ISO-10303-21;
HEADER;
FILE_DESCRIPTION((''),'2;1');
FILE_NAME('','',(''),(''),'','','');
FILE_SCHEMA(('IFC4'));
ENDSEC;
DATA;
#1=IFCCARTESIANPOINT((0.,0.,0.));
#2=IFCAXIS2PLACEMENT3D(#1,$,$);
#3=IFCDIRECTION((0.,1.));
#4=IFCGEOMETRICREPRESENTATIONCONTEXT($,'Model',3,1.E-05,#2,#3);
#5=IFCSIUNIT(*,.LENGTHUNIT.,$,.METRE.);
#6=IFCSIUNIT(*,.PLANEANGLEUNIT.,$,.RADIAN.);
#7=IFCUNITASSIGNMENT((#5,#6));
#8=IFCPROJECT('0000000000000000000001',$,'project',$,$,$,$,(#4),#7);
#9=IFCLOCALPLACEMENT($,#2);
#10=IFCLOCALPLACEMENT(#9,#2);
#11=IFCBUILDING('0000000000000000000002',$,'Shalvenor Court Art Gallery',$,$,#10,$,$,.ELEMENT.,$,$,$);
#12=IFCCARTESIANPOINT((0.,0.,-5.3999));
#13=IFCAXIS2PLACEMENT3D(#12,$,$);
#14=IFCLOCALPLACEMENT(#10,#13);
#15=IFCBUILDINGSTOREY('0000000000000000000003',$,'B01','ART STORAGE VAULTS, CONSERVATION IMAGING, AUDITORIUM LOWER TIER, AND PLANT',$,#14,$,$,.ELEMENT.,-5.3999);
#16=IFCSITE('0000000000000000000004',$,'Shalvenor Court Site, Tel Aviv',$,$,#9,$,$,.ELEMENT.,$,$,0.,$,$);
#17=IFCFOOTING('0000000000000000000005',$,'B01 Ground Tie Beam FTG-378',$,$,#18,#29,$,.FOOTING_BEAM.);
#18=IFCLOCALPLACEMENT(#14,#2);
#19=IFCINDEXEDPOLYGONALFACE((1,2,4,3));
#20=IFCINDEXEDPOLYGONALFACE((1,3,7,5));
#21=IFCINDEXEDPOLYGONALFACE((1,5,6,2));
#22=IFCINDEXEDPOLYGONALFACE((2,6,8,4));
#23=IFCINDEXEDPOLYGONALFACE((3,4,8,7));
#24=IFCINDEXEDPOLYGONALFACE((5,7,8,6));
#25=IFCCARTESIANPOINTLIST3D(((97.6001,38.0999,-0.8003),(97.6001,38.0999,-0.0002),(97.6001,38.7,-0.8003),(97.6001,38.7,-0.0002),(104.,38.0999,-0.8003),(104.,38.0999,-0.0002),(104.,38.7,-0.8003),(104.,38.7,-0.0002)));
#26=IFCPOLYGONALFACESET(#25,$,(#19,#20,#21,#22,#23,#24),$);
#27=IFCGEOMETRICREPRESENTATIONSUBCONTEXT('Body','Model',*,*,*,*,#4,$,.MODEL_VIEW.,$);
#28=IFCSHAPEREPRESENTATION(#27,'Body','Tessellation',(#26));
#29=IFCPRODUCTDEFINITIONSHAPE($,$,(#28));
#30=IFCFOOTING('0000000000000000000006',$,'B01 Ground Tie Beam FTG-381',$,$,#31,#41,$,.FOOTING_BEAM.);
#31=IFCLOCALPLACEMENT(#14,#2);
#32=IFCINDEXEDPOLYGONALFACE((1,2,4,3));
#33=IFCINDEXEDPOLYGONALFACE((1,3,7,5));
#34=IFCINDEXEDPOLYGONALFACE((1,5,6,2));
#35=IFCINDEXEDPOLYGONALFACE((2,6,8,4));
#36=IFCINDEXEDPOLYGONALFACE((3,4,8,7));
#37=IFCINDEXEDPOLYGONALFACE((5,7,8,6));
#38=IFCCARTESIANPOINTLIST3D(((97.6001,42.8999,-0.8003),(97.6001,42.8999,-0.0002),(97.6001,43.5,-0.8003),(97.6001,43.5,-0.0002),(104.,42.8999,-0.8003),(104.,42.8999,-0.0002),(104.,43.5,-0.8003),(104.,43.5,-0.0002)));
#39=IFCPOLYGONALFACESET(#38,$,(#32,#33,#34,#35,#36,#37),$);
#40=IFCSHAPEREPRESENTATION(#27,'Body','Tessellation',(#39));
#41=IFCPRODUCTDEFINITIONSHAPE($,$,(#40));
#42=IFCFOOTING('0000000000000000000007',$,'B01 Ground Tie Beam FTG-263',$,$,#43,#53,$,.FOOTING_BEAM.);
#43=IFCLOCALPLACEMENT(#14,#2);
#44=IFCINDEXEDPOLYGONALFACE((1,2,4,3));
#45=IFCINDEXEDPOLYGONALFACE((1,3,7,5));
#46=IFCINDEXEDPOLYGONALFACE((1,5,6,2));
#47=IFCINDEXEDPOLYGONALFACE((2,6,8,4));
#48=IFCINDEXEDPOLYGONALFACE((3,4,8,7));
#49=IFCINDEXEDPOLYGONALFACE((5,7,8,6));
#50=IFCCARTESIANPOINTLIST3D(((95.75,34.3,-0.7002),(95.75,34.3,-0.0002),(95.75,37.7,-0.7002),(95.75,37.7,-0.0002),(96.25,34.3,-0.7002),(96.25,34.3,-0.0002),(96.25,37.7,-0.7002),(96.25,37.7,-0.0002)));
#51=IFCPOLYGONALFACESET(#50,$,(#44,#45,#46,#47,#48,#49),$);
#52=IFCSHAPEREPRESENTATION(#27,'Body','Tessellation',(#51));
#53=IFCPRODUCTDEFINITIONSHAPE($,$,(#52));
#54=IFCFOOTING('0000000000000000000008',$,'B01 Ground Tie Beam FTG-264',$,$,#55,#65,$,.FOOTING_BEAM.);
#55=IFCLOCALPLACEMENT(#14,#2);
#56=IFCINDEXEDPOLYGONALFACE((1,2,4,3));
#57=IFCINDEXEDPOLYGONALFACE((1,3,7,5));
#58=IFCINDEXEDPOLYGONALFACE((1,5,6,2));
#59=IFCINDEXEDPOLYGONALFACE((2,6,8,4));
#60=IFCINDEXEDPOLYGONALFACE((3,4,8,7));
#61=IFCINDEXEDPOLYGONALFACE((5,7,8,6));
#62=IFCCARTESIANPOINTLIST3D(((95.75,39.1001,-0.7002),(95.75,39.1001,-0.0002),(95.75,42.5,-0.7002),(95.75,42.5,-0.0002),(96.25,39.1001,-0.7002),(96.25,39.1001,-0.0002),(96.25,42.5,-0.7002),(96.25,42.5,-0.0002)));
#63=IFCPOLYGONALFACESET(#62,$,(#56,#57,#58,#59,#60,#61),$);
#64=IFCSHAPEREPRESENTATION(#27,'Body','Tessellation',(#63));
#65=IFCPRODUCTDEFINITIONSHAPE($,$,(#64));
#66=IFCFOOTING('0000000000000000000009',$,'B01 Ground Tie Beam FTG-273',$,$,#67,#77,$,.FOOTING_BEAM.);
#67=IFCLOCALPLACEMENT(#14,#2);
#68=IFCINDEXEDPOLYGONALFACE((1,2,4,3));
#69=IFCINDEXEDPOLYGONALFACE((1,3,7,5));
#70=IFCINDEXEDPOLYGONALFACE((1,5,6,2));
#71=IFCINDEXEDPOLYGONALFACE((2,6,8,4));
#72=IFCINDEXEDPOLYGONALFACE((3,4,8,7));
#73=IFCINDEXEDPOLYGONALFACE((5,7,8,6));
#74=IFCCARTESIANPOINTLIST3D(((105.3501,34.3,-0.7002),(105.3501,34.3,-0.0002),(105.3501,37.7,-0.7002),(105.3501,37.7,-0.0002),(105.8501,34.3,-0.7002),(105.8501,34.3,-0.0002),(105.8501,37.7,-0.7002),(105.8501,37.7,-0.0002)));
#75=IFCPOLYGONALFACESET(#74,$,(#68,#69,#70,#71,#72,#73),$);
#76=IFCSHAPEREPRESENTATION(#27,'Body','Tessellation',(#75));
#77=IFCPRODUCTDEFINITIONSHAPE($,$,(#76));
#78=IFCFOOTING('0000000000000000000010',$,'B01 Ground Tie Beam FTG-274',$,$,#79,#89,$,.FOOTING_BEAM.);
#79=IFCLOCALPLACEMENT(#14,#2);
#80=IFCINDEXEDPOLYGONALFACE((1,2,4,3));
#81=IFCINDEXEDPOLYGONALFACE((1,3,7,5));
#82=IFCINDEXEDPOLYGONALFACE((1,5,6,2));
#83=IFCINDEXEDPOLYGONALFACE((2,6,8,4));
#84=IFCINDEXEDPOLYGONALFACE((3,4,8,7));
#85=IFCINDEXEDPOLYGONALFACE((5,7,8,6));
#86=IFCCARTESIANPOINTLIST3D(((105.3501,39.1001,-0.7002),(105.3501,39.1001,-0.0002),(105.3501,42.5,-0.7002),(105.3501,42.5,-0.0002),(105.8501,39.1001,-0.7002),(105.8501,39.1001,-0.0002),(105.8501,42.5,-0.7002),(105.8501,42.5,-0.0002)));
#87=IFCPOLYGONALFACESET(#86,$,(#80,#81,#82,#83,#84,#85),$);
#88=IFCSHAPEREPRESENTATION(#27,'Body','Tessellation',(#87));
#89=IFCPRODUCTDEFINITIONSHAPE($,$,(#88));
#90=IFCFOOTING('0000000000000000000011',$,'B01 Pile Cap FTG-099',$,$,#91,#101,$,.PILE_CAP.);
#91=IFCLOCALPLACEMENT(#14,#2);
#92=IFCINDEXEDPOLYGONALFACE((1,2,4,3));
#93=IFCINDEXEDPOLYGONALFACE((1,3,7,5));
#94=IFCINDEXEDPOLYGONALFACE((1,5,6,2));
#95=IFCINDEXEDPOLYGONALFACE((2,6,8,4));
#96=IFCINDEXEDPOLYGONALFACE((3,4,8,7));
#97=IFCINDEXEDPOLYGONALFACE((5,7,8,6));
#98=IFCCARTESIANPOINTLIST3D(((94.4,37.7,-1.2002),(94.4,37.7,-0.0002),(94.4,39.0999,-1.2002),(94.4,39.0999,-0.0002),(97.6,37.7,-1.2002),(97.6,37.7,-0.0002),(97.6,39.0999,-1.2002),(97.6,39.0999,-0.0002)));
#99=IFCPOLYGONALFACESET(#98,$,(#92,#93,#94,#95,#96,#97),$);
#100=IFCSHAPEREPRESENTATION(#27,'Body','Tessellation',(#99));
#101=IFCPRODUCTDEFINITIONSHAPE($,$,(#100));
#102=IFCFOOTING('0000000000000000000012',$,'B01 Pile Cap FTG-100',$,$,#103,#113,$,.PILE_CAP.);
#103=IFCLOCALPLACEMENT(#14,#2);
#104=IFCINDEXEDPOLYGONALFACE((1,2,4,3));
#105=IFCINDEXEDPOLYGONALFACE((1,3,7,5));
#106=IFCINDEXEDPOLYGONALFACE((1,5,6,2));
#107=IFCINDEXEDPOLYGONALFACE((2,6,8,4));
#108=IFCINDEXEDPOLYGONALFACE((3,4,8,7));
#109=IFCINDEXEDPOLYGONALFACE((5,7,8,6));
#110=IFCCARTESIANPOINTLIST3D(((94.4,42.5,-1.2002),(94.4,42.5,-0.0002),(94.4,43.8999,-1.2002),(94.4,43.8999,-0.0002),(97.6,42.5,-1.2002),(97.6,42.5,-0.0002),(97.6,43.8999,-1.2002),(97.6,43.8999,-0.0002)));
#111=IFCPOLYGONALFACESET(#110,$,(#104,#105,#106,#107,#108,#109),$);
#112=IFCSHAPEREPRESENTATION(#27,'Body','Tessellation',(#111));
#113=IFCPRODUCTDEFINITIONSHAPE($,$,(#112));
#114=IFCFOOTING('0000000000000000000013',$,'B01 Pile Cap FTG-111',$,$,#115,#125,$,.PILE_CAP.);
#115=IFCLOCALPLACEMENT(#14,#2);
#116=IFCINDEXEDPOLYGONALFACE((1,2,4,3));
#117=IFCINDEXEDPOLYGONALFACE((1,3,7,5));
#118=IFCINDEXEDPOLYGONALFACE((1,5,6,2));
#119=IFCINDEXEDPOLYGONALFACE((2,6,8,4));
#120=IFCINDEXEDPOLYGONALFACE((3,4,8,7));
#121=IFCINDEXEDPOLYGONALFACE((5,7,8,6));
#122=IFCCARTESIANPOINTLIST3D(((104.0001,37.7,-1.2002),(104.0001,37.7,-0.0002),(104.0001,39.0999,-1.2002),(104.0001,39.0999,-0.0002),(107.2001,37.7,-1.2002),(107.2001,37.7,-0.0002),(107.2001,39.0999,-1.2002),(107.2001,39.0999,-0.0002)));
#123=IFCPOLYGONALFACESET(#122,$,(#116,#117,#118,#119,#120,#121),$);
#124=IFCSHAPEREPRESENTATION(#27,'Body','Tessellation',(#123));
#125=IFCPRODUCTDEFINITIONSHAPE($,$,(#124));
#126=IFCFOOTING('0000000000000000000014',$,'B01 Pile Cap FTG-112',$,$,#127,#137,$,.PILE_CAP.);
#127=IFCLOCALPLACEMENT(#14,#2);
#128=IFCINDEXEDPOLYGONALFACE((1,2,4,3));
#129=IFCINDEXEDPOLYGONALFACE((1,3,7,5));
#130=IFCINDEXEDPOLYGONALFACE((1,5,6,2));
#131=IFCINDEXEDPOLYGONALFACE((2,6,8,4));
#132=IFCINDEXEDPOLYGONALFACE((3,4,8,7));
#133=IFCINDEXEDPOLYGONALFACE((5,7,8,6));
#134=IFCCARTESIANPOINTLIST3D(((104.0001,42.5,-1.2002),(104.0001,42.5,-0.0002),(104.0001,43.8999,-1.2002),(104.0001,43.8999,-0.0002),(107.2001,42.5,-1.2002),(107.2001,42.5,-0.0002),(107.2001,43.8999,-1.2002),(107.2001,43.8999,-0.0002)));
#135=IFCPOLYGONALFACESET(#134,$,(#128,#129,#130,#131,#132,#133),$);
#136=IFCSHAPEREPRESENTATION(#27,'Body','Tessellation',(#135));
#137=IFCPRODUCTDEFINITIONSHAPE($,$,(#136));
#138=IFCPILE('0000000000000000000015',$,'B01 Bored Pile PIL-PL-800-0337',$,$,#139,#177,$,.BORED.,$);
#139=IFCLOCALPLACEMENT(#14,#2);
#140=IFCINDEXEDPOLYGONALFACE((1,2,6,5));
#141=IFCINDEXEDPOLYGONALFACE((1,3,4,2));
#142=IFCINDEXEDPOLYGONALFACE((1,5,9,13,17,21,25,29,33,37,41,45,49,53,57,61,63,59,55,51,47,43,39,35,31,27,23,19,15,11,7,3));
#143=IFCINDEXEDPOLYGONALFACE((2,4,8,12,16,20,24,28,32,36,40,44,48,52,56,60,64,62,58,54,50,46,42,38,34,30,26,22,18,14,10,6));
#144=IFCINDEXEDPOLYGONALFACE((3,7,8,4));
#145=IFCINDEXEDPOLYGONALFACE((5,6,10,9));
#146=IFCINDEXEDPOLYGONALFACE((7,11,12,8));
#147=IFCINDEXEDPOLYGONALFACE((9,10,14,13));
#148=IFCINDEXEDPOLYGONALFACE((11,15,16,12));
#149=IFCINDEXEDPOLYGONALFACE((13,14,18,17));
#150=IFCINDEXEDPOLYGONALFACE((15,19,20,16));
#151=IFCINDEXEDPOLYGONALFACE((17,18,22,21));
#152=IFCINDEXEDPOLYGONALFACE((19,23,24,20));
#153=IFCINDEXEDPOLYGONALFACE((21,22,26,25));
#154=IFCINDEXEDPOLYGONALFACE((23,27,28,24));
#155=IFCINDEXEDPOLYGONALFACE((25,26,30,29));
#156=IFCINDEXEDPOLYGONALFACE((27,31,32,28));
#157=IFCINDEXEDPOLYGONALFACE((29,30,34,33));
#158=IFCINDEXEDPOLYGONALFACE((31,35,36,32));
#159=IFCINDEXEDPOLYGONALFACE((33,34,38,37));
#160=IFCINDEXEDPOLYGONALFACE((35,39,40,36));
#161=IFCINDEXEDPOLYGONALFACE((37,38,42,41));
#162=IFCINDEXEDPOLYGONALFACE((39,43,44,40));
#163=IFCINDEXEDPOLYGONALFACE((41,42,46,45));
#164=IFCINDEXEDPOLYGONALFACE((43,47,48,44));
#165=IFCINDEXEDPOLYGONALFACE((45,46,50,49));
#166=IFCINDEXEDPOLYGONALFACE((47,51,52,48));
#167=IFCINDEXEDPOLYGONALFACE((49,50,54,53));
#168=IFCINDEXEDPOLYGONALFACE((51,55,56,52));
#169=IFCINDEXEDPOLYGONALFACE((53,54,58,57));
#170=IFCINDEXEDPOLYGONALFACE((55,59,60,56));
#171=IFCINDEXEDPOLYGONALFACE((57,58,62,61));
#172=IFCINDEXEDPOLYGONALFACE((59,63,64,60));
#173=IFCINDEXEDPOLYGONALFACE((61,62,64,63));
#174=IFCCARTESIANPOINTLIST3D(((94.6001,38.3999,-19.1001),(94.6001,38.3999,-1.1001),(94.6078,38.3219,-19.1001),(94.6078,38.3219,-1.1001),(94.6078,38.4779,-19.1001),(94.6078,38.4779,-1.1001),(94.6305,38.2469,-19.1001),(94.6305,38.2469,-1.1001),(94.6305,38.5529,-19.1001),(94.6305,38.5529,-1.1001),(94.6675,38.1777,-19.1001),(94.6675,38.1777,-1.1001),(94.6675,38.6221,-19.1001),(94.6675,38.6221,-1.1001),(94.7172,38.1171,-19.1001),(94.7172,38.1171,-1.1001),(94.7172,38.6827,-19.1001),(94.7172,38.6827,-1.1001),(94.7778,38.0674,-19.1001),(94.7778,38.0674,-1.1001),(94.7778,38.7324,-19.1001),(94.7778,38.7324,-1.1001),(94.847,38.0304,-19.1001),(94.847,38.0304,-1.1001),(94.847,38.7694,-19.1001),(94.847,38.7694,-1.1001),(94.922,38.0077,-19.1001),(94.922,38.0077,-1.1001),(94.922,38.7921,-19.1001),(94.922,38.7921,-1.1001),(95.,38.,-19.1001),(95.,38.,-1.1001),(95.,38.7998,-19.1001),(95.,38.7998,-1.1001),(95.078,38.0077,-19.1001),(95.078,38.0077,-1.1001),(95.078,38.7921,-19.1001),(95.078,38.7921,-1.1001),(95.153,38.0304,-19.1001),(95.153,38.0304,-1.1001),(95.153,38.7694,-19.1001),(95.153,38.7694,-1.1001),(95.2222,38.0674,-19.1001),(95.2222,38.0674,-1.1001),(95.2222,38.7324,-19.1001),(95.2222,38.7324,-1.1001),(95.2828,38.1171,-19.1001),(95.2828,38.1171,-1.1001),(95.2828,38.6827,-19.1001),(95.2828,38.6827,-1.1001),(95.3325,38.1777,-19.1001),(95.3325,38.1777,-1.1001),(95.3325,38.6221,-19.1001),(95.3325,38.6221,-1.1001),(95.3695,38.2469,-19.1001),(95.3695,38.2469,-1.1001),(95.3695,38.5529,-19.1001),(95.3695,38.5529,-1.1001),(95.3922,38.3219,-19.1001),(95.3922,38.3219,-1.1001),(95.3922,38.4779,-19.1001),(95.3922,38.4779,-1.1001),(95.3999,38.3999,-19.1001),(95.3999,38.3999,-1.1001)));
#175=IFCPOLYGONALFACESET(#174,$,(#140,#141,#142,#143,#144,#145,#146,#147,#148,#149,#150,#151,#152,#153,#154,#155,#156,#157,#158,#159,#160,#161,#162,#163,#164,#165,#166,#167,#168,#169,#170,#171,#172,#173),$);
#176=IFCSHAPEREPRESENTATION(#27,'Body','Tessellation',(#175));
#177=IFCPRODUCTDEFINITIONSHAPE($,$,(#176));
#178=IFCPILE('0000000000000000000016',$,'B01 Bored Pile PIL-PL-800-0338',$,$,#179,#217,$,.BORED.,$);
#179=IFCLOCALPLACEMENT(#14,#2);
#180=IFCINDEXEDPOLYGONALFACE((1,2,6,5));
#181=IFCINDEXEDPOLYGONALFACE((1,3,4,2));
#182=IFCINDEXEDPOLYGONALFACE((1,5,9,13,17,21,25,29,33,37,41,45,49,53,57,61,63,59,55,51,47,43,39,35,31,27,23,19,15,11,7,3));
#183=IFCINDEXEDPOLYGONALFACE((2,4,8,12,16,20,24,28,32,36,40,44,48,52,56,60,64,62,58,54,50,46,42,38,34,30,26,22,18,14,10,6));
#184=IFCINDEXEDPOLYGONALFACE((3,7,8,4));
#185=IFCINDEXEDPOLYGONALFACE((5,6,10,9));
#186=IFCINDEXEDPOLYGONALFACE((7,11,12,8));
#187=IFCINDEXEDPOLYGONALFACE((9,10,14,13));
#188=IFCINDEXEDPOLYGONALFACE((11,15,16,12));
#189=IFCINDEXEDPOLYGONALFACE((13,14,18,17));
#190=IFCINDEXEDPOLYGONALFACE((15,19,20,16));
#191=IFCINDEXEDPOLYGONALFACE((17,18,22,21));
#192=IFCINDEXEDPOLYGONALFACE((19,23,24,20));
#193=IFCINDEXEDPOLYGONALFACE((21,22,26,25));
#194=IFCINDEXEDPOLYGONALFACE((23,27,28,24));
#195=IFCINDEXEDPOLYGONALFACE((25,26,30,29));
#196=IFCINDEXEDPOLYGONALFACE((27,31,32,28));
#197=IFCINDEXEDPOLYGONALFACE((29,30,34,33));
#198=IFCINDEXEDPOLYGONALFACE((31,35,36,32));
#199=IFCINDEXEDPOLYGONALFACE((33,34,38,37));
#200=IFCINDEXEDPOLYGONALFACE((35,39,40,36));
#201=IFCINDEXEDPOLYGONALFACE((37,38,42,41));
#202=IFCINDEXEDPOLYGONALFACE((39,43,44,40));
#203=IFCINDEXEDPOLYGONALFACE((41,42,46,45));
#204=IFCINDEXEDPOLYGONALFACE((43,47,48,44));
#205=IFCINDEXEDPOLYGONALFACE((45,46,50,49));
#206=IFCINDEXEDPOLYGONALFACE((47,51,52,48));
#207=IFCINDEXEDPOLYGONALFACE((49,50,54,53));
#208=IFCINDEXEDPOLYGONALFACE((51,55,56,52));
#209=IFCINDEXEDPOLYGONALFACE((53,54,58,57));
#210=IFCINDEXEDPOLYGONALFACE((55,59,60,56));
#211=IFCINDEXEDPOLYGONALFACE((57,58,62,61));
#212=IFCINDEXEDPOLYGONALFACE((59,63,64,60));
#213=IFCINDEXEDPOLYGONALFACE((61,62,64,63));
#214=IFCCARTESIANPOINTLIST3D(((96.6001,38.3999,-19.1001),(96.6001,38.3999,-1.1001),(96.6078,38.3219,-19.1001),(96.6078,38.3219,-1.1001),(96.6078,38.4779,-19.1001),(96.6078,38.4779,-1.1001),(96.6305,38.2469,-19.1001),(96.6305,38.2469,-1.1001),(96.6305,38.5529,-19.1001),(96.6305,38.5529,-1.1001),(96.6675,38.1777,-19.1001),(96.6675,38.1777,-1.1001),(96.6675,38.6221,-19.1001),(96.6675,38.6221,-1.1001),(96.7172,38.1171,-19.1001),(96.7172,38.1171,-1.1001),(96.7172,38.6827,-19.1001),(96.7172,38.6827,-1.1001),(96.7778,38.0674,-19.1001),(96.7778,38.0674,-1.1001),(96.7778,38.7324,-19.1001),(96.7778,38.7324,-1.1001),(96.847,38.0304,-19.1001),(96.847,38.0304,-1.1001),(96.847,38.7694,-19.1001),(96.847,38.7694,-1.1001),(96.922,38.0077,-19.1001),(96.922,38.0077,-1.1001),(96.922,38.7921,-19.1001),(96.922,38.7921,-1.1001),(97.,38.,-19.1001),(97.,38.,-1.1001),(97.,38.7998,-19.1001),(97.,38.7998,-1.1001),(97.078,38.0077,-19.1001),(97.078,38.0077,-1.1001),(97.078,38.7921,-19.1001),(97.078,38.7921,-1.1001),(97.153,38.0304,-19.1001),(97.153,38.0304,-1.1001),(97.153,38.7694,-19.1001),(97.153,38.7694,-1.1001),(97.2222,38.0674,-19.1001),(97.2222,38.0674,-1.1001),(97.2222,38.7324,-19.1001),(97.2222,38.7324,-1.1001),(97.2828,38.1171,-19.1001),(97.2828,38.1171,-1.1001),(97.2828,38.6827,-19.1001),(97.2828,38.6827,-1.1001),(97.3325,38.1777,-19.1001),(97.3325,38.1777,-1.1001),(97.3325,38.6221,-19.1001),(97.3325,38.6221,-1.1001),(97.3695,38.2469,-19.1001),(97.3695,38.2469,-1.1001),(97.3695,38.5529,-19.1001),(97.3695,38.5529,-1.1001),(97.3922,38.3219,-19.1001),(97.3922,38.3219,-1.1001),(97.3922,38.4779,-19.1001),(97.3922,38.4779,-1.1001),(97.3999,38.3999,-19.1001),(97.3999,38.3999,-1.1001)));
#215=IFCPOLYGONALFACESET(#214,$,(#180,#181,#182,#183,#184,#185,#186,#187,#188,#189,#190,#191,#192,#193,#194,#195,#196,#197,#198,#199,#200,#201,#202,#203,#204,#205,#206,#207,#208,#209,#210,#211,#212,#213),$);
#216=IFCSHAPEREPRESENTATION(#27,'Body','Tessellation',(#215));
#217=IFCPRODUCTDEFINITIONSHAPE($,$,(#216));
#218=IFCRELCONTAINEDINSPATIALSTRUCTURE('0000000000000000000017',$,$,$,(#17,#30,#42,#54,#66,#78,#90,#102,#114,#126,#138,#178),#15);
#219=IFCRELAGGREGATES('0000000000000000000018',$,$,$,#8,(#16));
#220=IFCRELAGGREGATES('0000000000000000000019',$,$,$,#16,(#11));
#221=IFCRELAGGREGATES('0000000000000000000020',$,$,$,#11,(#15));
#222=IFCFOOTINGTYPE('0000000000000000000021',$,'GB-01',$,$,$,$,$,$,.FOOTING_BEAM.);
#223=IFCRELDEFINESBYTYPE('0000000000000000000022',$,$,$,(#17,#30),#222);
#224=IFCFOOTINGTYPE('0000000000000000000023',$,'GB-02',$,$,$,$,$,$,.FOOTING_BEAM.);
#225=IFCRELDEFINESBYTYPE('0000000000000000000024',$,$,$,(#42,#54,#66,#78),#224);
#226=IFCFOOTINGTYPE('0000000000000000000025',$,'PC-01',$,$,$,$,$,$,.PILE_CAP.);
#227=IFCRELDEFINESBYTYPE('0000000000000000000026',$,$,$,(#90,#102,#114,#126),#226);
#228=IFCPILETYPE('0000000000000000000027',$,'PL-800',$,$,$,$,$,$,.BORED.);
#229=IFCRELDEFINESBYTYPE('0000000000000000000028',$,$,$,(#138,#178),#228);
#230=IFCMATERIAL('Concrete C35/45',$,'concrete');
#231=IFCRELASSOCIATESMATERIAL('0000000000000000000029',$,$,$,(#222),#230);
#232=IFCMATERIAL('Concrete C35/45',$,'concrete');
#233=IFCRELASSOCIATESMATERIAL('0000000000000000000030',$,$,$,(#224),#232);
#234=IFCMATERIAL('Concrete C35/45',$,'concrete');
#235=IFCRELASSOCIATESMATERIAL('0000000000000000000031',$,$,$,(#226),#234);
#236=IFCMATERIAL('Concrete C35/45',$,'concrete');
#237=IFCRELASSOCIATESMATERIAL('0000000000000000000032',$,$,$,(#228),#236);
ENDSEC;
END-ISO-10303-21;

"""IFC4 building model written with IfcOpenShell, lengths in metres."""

from ifc_helpers import new_model, si_unit, direction, frame, origin, origin_2d, place, context, subcontext, project, spatial, rectangle, circle, extrude, material, material_profile, profile_set, type_object, element, save


model = new_model("IFC4")

# Units and contexts
model_context = context("Model", 3, precision=1e-05, world=origin(), true_north=direction((0.0, 1.0)))
body_context = subcontext(model_context, "Body", "Model", "MODEL_VIEW")
ifc_project = project(units=[si_unit("LENGTHUNIT", "METRE"), si_unit("PLANEANGLEUNIT", "RADIAN")], contexts=[model_context])

# Site, building, storey
site_placement = place(None, origin())
site = spatial("IfcSite", under=ifc_project, at=site_placement, Name="Shalvenor Court Site, Tel Aviv", CompositionType="ELEMENT", RefElevation=0.0)
building_placement = place(site_placement, origin())
building = spatial("IfcBuilding", under=site, at=building_placement, Name="Shalvenor Court Art Gallery", CompositionType="ELEMENT")
storey_placement = place(building_placement, frame((0.0, 0.0, -5.3999)))
storey = spatial("IfcBuildingStorey", under=building, at=storey_placement, Name="B01", Description="ART STORAGE VAULTS, CONSERVATION IMAGING, AUDITORIUM LOWER TIER, AND PLANT", CompositionType="ELEMENT", Elevation=-5.3999)

# Footings
ifc_material_1 = material(Name="Concrete C35/45", Category="concrete")
footing_type_1 = type_object("IfcFootingType", Name="GB-01", PredefinedType="FOOTING_BEAM", material=ifc_material_1)
for number, where, z_axis, x_axis, name in (
    (1, (100.8, 38.3999, -0.8003), (0.0, 0.0, 1.0), (1.0, 0.0, 0.0), "B01 Ground Tie Beam FTG-378"),
    (2, (100.8, 43.2, -0.8003), (0.0, 0.0, 1.0), (1.0, 0.0, 0.0), "B01 Ground Tie Beam FTG-381"),
):
    element("IfcFooting", number, at=place(storey_placement, frame(where, z_axis=z_axis, x_axis=x_axis)), inside=storey, type_object=footing_type_1, Name=name, PredefinedType="FOOTING_BEAM", context=body_context, shape_type="SweptSolid", body=[
        extrude(rectangle(XDim=6.3999, YDim=0.6001, at=origin_2d()), origin(), (0.0, 0.0, 1.0), 0.8),
    ])
ifc_material_2 = material(Name="Concrete C35/45", Category="concrete")
footing_type_2 = type_object("IfcFootingType", Name="GB-02", PredefinedType="FOOTING_BEAM", material=ifc_material_2)
for number, where, z_axis, x_axis, name in (
    (3, (96.0, 36.0, -0.7002), (0.0, 0.0, 1.0), (0.0, 1.0, 0.0), "B01 Ground Tie Beam FTG-263"),
    (4, (96.0, 40.8, -0.7002), (0.0, 0.0, 1.0), (0.0, 1.0, 0.0), "B01 Ground Tie Beam FTG-264"),
    (5, (105.6001, 36.0, -0.7002), (0.0, 0.0, 1.0), (0.0, 1.0, 0.0), "B01 Ground Tie Beam FTG-273"),
    (6, (105.6001, 40.8, -0.7002), (0.0, 0.0, 1.0), (0.0, 1.0, 0.0), "B01 Ground Tie Beam FTG-274"),
):
    element("IfcFooting", number, at=place(storey_placement, frame(where, z_axis=z_axis, x_axis=x_axis)), inside=storey, type_object=footing_type_2, Name=name, PredefinedType="FOOTING_BEAM", context=body_context, shape_type="SweptSolid", body=[
        extrude(rectangle(XDim=3.3999, YDim=0.5, at=origin_2d()), origin(), (0.0, 0.0, 1.0), 0.7),
    ])
ifc_material_3 = material(Name="Concrete C35/45", Category="concrete")
footing_type_3 = type_object("IfcFootingType", Name="PC-01", PredefinedType="PILE_CAP", material=ifc_material_3)
for number, where, z_axis, x_axis, name in (
    (7, (96.0, 38.3999, -1.2002), (0.0, 0.0, 1.0), (1.0, 0.0, 0.0), "B01 Pile Cap FTG-099"),
    (8, (96.0, 43.2, -1.2002), (0.0, 0.0, 1.0), (1.0, 0.0, 0.0), "B01 Pile Cap FTG-100"),
    (9, (105.6001, 38.3999, -1.2002), (0.0, 0.0, 1.0), (1.0, 0.0, 0.0), "B01 Pile Cap FTG-111"),
    (10, (105.6001, 43.2, -1.2002), (0.0, 0.0, 1.0), (1.0, 0.0, 0.0), "B01 Pile Cap FTG-112"),
):
    element("IfcFooting", number, at=place(storey_placement, frame(where, z_axis=z_axis, x_axis=x_axis)), inside=storey, type_object=footing_type_3, Name=name, PredefinedType="PILE_CAP", context=body_context, shape_type="SweptSolid", body=[
        extrude(rectangle(XDim=3.2, YDim=1.3999, at=origin_2d()), origin(), (0.0, 0.0, 1.0), 1.2),
    ])

# Piles
ifc_material_4 = material(Name="Concrete C35/45", Category="concrete")
ifc_material_profile_1 = material_profile(ifc_material_4, circle(Radius=0.3999, at=origin_2d()), Name="PILE 800")
ifc_profile_set_1 = profile_set([ifc_material_profile_1], Name="Concrete C35/45")
pile_type = type_object("IfcPileType", Name="PL-800", PredefinedType="BORED", material=ifc_profile_set_1)
for number, where, z_axis, x_axis, name in (
    (11, (95.0, 38.3999, -1.1001), (0.0, 0.0, -1.0), (1.0, 0.0, 0.0), "B01 Bored Pile PIL-PL-800-0337"),
    (12, (97.0, 38.3999, -1.1001), (0.0, 0.0, -1.0), (1.0, 0.0, 0.0), "B01 Bored Pile PIL-PL-800-0338"),
):
    element("IfcPile", number, at=place(storey_placement, frame(where, z_axis=z_axis, x_axis=x_axis)), inside=storey, type_object=pile_type, Name=name, PredefinedType="BORED", context=body_context, shape_type="SweptSolid", body=[
        extrude(circle(Radius=0.3999, at=origin_2d()), origin(), (0.0, 0.0, 1.0), 18.0),
    ])

save(model, "model.ifc")
